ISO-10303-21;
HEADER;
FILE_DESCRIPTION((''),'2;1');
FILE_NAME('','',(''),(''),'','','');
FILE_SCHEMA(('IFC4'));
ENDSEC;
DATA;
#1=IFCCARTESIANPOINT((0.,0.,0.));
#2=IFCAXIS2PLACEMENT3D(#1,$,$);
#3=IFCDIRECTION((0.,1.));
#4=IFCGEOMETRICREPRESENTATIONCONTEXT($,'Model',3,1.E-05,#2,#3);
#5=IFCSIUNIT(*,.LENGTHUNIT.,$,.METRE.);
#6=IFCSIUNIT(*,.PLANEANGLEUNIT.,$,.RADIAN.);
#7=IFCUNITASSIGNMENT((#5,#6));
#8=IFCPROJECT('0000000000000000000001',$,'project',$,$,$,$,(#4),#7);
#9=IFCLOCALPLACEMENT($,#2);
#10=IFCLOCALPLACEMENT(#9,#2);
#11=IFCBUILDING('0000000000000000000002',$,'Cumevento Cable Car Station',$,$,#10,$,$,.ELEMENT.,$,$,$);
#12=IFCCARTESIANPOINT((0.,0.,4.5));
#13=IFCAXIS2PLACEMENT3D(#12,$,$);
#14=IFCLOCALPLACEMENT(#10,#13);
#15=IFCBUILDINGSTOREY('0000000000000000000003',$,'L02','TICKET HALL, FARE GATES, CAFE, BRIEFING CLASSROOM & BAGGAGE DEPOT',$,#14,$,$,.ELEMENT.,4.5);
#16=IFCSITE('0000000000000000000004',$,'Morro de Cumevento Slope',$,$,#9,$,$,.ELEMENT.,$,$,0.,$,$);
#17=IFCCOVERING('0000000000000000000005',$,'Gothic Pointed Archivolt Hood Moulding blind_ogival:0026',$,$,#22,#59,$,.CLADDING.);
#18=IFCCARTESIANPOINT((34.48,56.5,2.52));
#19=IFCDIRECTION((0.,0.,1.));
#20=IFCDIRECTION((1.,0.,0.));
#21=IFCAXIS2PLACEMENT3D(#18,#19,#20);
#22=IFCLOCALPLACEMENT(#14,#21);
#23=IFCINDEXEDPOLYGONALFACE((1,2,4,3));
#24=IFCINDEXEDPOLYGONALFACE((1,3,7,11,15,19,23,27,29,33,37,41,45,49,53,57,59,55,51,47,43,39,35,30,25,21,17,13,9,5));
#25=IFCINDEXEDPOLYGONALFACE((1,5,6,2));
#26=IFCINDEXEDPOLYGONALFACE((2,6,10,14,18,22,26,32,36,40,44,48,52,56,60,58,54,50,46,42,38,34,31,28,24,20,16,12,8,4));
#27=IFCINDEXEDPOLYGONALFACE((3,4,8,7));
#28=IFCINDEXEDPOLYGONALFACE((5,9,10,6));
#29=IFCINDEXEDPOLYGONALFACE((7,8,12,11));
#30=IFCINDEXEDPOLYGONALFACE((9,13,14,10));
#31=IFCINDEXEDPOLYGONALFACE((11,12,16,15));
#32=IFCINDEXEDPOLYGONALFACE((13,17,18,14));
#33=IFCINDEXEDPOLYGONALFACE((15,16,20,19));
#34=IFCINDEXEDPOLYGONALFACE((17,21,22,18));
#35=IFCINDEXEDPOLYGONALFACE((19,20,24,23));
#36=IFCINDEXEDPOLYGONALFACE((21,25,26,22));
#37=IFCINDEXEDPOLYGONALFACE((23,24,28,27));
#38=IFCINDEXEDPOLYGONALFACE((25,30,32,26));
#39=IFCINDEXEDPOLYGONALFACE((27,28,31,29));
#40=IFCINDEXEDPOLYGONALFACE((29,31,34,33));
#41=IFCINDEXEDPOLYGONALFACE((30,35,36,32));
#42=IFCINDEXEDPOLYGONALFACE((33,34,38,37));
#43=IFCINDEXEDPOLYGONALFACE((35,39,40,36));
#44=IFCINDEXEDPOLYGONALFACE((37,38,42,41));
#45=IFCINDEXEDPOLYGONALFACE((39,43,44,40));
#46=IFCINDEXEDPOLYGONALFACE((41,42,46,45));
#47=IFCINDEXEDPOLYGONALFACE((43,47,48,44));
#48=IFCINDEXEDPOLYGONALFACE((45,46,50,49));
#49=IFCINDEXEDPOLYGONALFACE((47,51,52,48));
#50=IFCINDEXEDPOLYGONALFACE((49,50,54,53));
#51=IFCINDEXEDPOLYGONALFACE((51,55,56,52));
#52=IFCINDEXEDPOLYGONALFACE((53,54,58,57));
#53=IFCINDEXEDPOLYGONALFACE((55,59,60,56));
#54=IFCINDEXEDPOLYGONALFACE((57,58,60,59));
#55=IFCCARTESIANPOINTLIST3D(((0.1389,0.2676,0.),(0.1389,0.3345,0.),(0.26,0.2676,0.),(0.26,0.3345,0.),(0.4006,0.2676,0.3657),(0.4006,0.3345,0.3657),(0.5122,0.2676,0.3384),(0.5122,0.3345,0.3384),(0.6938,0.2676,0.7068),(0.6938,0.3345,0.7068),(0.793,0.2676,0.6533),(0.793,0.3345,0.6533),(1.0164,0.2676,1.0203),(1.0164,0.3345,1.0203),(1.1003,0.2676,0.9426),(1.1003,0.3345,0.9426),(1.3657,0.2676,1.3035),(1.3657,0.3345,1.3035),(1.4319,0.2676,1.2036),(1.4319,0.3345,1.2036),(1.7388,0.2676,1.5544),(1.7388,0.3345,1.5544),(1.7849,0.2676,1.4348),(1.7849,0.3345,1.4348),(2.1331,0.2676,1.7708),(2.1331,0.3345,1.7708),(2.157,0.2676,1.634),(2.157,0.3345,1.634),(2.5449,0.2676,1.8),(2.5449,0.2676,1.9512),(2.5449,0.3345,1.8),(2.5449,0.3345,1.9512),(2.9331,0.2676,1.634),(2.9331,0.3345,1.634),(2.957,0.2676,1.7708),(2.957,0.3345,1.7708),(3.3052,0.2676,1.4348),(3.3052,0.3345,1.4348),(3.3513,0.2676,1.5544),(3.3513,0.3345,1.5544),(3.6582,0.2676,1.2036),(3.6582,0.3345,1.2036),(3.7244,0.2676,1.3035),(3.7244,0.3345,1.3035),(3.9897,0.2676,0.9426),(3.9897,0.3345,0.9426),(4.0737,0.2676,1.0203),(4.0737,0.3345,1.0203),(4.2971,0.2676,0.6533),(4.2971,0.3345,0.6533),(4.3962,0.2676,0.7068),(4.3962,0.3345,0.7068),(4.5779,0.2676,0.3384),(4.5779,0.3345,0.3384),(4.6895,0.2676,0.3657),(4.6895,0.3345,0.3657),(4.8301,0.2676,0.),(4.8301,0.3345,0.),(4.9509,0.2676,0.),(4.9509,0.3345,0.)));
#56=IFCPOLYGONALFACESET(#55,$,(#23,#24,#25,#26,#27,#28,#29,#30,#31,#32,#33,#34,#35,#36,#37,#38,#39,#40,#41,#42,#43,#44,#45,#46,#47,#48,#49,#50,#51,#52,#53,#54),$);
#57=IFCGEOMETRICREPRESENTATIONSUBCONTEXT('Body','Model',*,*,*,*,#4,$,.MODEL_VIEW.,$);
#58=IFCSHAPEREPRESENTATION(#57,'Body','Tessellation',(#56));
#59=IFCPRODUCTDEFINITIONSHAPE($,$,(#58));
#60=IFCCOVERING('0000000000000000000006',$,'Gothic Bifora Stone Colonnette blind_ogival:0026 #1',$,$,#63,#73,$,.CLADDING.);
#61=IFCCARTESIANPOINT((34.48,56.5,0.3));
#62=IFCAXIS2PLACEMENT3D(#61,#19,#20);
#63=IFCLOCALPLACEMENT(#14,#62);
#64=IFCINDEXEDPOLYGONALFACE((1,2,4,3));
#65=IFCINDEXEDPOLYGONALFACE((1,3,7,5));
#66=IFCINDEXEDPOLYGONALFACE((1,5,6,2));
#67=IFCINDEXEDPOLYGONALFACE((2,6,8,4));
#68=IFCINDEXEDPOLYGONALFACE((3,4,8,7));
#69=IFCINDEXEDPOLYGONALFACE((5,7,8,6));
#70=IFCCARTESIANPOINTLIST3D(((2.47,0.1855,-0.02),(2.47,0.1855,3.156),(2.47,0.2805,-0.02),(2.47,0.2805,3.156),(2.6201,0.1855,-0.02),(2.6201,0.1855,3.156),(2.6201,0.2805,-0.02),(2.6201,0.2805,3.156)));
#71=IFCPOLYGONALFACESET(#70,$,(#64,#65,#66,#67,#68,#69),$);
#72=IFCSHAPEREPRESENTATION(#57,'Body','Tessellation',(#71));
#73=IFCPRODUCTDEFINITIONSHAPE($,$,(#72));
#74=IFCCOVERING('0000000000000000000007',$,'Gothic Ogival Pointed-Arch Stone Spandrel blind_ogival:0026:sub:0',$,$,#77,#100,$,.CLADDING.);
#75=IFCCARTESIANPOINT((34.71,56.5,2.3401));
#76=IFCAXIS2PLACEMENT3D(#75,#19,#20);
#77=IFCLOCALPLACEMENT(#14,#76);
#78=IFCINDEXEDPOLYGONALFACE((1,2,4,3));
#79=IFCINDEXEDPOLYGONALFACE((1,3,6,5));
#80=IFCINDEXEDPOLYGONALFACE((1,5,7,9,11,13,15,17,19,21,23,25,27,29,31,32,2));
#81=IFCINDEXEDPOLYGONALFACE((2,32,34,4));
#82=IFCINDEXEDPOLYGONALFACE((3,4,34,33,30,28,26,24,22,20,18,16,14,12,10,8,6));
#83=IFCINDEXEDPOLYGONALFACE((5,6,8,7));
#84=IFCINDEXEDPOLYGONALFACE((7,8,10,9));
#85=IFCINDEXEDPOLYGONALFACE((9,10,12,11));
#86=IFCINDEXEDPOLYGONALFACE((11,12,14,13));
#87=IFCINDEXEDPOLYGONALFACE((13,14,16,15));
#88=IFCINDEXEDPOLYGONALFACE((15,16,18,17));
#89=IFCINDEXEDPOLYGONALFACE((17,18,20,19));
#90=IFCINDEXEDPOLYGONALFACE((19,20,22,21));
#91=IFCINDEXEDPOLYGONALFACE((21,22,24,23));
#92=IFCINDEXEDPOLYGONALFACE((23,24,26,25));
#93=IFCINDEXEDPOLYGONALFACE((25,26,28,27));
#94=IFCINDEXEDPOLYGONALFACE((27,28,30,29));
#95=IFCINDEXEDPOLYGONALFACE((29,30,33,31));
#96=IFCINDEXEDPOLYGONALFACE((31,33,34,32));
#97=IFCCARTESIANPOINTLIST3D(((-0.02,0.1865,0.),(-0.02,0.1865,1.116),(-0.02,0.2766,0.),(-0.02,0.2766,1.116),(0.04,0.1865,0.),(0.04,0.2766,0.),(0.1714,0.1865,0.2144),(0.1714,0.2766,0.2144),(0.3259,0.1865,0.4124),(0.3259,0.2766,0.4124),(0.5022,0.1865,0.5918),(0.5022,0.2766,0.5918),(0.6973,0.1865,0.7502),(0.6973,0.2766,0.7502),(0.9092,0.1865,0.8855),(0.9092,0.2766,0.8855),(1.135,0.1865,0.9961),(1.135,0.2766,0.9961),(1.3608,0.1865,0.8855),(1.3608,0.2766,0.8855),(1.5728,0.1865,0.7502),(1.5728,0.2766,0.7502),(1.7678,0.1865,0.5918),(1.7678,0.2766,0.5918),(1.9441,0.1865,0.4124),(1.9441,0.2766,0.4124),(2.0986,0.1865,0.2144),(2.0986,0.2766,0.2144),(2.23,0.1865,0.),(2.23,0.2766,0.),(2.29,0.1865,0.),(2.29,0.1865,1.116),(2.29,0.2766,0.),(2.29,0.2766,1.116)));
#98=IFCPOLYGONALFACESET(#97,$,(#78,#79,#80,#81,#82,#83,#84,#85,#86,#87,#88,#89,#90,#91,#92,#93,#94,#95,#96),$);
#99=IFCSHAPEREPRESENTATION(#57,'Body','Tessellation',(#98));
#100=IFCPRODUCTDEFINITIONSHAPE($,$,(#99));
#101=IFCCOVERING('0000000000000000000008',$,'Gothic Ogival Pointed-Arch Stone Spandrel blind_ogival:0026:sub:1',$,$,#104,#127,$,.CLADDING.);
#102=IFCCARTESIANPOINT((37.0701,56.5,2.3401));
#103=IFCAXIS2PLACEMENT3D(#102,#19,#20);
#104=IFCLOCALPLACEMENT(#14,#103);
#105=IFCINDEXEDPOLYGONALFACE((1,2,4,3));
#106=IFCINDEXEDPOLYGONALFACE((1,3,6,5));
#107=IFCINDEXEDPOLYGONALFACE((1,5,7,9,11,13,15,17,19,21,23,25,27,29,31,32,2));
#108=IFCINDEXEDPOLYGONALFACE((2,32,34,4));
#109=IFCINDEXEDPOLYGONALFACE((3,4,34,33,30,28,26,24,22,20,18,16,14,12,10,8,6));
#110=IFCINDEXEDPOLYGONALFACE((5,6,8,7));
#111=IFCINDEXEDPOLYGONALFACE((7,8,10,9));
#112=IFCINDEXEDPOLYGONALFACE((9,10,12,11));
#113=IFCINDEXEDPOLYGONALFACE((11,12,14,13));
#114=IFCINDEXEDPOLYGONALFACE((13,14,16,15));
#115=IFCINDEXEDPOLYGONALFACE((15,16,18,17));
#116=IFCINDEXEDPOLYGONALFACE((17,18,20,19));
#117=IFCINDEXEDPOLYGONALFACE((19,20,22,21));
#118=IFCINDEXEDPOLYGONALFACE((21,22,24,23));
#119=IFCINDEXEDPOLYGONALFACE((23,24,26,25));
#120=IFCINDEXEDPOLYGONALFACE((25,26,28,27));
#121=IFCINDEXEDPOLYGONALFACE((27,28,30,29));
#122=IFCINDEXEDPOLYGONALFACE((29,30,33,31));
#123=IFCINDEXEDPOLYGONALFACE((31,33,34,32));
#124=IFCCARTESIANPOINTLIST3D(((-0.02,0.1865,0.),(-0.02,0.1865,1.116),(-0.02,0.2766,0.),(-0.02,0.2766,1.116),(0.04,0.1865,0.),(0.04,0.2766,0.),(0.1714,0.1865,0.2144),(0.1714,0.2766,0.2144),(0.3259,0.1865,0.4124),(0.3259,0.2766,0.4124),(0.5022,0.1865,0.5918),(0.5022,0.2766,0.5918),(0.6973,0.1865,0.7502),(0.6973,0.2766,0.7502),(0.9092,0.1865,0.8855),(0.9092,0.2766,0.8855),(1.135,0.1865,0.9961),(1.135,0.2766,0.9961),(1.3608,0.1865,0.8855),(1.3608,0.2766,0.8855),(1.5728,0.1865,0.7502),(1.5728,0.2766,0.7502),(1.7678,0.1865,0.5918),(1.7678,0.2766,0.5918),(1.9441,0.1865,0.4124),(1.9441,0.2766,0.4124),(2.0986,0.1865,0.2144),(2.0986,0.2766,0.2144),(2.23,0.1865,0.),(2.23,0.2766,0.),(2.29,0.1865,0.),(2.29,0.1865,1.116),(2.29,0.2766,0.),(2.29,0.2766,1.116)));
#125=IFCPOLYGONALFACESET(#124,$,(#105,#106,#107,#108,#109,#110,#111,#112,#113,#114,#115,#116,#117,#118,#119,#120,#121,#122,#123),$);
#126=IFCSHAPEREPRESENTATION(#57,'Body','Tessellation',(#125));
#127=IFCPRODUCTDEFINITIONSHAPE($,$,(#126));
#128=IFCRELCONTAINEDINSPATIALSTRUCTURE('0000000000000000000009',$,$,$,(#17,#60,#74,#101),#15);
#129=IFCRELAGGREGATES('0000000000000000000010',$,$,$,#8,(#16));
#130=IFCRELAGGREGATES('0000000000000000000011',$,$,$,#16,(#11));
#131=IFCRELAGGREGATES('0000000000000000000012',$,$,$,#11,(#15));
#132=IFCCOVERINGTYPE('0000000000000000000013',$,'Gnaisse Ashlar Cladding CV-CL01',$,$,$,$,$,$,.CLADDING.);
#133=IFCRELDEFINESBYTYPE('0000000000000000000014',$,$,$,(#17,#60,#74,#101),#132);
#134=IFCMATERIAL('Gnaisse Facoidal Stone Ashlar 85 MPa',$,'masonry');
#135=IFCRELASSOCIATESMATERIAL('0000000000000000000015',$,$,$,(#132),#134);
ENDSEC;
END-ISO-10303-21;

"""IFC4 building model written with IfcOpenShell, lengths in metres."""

from ifc_helpers import new_model, si_unit, direction, frame, origin, place, context, subcontext, project, spatial, polyline, outline, extrude, material, type_object, element, save


model = new_model("IFC4")

# Units and contexts
model_context = context("Model", 3, precision=1e-05, world=origin(), true_north=direction((0.0, 1.0)))
body_context = subcontext(model_context, "Body", "Model", "MODEL_VIEW")
ifc_project = project(units=[si_unit("LENGTHUNIT", "METRE"), si_unit("PLANEANGLEUNIT", "RADIAN")], contexts=[model_context])

# Site, building, storey
site_placement = place(None, origin())
site = spatial("IfcSite", under=ifc_project, at=site_placement, Name="Morro de Cumevento Slope", CompositionType="ELEMENT", RefElevation=0.0)
building_placement = place(site_placement, origin())
building = spatial("IfcBuilding", under=site, at=building_placement, Name="Cumevento Cable Car Station", CompositionType="ELEMENT")
storey_placement = place(building_placement, frame((0.0, 0.0, 4.5)))
storey = spatial("IfcBuildingStorey", under=building, at=storey_placement, Name="L02", Description="TICKET HALL, FARE GATES, CAFE, BRIEFING CLASSROOM & BAGGAGE DEPOT", CompositionType="ELEMENT", Elevation=4.5)

# Coverings
ifc_material_1 = material(Name="Gnaisse Facoidal Stone Ashlar 85 MPa", Category="masonry")
covering_type = type_object("IfcCoveringType", Name="Gnaisse Ashlar Cladding CV-CL01", PredefinedType="CLADDING", material=ifc_material_1)
placement_1 = place(storey_placement, frame((34.48, 56.5, 0.3), z_axis=(0.0, 0.0, 1.0), x_axis=(1.0, 0.0, 0.0)))
covering_1_placement = place(storey_placement, frame((34.48, 56.5, 2.52), z_axis=(0.0, 0.0, 1.0), x_axis=(1.0, 0.0, 0.0)))
element("IfcCovering", 1, at=covering_1_placement, inside=storey, type_object=covering_type, Name="Gothic Pointed Archivolt Hood Moulding blind_ogival:0026", PredefinedType="CLADDING", context=body_context, shape_type="SweptSolid", body=[
    extrude(outline(polyline([(0.26, 0.0), (0.5122, 0.3384), (0.793, 0.6533), (1.1003, 0.9426), (1.4319, 1.2036), (1.7849, 1.4348), (2.157, 1.634), (2.5449, 1.8), (2.9331, 1.634), (3.3052, 1.4348), (3.6582, 1.2036), (3.9897, 0.9426), (4.2971, 0.6533), (4.5779, 0.3384), (4.8301, 0.0), (4.9509, 0.0), (4.6895, 0.3657), (4.3962, 0.7068), (4.0737, 1.0203), (3.7244, 1.3035), (3.3513, 1.5544), (2.957, 1.7708), (2.5449, 1.9512), (2.1331, 1.7708), (1.7388, 1.5544), (1.3657, 1.3035), (1.0164, 1.0203), (0.6938, 0.7068), (0.4006, 0.3657), (0.1389, 0.0), (0.26, 0.0)])), frame((0.0, 0.3345, 0.0), z_axis=(0.0, -1.0, 0.0), x_axis=(1.0, 0.0, 0.0)), (0.0, 0.0, 1.0), 0.0669),
])
element("IfcCovering", 2, at=placement_1, inside=storey, type_object=covering_type, Name="Gothic Bifora Stone Colonnette blind_ogival:0026 #1", PredefinedType="CLADDING", context=body_context, shape_type="SweptSolid", body=[
    extrude(outline(polyline([(2.47, -0.02), (2.6201, -0.02), (2.6201, 3.156), (2.47, 3.156), (2.47, -0.02)])), frame((0.0, 0.2805, 0.0), z_axis=(0.0, -1.0, 0.0), x_axis=(1.0, 0.0, 0.0)), (0.0, 0.0, 1.0), 0.095),
])
for number, where, z_axis, x_axis, name in (
    (3, (34.71, 56.5, 2.3401), (0.0, 0.0, 1.0), (1.0, 0.0, 0.0), "Gothic Ogival Pointed-Arch Stone Spandrel blind_ogival:0026:sub:0"),
    (4, (37.0701, 56.5, 2.3401), (0.0, 0.0, 1.0), (1.0, 0.0, 0.0), "Gothic Ogival Pointed-Arch Stone Spandrel blind_ogival:0026:sub:1"),
):
    element("IfcCovering", number, at=place(storey_placement, frame(where, z_axis=z_axis, x_axis=x_axis)), inside=storey, type_object=covering_type, Name=name, PredefinedType="CLADDING", context=body_context, shape_type="SweptSolid", body=[
        extrude(outline(polyline([(-0.02, 0.0), (-0.02, 1.116), (2.29, 1.116), (2.29, 0.0), (2.23, 0.0), (2.0986, 0.2144), (1.9441, 0.4124), (1.7678, 0.5918), (1.5728, 0.7502), (1.3608, 0.8855), (1.135, 0.9961), (0.9092, 0.8855), (0.6973, 0.7502), (0.5022, 0.5918), (0.3259, 0.4124), (0.1714, 0.2144), (0.04, 0.0), (-0.02, 0.0)])), frame((0.0, 0.2766, 0.0), z_axis=(0.0, -1.0, 0.0), x_axis=(1.0, 0.0, 0.0)), (0.0, 0.0, 1.0), 0.0901),
    ])

save(model, "model.ifc")
